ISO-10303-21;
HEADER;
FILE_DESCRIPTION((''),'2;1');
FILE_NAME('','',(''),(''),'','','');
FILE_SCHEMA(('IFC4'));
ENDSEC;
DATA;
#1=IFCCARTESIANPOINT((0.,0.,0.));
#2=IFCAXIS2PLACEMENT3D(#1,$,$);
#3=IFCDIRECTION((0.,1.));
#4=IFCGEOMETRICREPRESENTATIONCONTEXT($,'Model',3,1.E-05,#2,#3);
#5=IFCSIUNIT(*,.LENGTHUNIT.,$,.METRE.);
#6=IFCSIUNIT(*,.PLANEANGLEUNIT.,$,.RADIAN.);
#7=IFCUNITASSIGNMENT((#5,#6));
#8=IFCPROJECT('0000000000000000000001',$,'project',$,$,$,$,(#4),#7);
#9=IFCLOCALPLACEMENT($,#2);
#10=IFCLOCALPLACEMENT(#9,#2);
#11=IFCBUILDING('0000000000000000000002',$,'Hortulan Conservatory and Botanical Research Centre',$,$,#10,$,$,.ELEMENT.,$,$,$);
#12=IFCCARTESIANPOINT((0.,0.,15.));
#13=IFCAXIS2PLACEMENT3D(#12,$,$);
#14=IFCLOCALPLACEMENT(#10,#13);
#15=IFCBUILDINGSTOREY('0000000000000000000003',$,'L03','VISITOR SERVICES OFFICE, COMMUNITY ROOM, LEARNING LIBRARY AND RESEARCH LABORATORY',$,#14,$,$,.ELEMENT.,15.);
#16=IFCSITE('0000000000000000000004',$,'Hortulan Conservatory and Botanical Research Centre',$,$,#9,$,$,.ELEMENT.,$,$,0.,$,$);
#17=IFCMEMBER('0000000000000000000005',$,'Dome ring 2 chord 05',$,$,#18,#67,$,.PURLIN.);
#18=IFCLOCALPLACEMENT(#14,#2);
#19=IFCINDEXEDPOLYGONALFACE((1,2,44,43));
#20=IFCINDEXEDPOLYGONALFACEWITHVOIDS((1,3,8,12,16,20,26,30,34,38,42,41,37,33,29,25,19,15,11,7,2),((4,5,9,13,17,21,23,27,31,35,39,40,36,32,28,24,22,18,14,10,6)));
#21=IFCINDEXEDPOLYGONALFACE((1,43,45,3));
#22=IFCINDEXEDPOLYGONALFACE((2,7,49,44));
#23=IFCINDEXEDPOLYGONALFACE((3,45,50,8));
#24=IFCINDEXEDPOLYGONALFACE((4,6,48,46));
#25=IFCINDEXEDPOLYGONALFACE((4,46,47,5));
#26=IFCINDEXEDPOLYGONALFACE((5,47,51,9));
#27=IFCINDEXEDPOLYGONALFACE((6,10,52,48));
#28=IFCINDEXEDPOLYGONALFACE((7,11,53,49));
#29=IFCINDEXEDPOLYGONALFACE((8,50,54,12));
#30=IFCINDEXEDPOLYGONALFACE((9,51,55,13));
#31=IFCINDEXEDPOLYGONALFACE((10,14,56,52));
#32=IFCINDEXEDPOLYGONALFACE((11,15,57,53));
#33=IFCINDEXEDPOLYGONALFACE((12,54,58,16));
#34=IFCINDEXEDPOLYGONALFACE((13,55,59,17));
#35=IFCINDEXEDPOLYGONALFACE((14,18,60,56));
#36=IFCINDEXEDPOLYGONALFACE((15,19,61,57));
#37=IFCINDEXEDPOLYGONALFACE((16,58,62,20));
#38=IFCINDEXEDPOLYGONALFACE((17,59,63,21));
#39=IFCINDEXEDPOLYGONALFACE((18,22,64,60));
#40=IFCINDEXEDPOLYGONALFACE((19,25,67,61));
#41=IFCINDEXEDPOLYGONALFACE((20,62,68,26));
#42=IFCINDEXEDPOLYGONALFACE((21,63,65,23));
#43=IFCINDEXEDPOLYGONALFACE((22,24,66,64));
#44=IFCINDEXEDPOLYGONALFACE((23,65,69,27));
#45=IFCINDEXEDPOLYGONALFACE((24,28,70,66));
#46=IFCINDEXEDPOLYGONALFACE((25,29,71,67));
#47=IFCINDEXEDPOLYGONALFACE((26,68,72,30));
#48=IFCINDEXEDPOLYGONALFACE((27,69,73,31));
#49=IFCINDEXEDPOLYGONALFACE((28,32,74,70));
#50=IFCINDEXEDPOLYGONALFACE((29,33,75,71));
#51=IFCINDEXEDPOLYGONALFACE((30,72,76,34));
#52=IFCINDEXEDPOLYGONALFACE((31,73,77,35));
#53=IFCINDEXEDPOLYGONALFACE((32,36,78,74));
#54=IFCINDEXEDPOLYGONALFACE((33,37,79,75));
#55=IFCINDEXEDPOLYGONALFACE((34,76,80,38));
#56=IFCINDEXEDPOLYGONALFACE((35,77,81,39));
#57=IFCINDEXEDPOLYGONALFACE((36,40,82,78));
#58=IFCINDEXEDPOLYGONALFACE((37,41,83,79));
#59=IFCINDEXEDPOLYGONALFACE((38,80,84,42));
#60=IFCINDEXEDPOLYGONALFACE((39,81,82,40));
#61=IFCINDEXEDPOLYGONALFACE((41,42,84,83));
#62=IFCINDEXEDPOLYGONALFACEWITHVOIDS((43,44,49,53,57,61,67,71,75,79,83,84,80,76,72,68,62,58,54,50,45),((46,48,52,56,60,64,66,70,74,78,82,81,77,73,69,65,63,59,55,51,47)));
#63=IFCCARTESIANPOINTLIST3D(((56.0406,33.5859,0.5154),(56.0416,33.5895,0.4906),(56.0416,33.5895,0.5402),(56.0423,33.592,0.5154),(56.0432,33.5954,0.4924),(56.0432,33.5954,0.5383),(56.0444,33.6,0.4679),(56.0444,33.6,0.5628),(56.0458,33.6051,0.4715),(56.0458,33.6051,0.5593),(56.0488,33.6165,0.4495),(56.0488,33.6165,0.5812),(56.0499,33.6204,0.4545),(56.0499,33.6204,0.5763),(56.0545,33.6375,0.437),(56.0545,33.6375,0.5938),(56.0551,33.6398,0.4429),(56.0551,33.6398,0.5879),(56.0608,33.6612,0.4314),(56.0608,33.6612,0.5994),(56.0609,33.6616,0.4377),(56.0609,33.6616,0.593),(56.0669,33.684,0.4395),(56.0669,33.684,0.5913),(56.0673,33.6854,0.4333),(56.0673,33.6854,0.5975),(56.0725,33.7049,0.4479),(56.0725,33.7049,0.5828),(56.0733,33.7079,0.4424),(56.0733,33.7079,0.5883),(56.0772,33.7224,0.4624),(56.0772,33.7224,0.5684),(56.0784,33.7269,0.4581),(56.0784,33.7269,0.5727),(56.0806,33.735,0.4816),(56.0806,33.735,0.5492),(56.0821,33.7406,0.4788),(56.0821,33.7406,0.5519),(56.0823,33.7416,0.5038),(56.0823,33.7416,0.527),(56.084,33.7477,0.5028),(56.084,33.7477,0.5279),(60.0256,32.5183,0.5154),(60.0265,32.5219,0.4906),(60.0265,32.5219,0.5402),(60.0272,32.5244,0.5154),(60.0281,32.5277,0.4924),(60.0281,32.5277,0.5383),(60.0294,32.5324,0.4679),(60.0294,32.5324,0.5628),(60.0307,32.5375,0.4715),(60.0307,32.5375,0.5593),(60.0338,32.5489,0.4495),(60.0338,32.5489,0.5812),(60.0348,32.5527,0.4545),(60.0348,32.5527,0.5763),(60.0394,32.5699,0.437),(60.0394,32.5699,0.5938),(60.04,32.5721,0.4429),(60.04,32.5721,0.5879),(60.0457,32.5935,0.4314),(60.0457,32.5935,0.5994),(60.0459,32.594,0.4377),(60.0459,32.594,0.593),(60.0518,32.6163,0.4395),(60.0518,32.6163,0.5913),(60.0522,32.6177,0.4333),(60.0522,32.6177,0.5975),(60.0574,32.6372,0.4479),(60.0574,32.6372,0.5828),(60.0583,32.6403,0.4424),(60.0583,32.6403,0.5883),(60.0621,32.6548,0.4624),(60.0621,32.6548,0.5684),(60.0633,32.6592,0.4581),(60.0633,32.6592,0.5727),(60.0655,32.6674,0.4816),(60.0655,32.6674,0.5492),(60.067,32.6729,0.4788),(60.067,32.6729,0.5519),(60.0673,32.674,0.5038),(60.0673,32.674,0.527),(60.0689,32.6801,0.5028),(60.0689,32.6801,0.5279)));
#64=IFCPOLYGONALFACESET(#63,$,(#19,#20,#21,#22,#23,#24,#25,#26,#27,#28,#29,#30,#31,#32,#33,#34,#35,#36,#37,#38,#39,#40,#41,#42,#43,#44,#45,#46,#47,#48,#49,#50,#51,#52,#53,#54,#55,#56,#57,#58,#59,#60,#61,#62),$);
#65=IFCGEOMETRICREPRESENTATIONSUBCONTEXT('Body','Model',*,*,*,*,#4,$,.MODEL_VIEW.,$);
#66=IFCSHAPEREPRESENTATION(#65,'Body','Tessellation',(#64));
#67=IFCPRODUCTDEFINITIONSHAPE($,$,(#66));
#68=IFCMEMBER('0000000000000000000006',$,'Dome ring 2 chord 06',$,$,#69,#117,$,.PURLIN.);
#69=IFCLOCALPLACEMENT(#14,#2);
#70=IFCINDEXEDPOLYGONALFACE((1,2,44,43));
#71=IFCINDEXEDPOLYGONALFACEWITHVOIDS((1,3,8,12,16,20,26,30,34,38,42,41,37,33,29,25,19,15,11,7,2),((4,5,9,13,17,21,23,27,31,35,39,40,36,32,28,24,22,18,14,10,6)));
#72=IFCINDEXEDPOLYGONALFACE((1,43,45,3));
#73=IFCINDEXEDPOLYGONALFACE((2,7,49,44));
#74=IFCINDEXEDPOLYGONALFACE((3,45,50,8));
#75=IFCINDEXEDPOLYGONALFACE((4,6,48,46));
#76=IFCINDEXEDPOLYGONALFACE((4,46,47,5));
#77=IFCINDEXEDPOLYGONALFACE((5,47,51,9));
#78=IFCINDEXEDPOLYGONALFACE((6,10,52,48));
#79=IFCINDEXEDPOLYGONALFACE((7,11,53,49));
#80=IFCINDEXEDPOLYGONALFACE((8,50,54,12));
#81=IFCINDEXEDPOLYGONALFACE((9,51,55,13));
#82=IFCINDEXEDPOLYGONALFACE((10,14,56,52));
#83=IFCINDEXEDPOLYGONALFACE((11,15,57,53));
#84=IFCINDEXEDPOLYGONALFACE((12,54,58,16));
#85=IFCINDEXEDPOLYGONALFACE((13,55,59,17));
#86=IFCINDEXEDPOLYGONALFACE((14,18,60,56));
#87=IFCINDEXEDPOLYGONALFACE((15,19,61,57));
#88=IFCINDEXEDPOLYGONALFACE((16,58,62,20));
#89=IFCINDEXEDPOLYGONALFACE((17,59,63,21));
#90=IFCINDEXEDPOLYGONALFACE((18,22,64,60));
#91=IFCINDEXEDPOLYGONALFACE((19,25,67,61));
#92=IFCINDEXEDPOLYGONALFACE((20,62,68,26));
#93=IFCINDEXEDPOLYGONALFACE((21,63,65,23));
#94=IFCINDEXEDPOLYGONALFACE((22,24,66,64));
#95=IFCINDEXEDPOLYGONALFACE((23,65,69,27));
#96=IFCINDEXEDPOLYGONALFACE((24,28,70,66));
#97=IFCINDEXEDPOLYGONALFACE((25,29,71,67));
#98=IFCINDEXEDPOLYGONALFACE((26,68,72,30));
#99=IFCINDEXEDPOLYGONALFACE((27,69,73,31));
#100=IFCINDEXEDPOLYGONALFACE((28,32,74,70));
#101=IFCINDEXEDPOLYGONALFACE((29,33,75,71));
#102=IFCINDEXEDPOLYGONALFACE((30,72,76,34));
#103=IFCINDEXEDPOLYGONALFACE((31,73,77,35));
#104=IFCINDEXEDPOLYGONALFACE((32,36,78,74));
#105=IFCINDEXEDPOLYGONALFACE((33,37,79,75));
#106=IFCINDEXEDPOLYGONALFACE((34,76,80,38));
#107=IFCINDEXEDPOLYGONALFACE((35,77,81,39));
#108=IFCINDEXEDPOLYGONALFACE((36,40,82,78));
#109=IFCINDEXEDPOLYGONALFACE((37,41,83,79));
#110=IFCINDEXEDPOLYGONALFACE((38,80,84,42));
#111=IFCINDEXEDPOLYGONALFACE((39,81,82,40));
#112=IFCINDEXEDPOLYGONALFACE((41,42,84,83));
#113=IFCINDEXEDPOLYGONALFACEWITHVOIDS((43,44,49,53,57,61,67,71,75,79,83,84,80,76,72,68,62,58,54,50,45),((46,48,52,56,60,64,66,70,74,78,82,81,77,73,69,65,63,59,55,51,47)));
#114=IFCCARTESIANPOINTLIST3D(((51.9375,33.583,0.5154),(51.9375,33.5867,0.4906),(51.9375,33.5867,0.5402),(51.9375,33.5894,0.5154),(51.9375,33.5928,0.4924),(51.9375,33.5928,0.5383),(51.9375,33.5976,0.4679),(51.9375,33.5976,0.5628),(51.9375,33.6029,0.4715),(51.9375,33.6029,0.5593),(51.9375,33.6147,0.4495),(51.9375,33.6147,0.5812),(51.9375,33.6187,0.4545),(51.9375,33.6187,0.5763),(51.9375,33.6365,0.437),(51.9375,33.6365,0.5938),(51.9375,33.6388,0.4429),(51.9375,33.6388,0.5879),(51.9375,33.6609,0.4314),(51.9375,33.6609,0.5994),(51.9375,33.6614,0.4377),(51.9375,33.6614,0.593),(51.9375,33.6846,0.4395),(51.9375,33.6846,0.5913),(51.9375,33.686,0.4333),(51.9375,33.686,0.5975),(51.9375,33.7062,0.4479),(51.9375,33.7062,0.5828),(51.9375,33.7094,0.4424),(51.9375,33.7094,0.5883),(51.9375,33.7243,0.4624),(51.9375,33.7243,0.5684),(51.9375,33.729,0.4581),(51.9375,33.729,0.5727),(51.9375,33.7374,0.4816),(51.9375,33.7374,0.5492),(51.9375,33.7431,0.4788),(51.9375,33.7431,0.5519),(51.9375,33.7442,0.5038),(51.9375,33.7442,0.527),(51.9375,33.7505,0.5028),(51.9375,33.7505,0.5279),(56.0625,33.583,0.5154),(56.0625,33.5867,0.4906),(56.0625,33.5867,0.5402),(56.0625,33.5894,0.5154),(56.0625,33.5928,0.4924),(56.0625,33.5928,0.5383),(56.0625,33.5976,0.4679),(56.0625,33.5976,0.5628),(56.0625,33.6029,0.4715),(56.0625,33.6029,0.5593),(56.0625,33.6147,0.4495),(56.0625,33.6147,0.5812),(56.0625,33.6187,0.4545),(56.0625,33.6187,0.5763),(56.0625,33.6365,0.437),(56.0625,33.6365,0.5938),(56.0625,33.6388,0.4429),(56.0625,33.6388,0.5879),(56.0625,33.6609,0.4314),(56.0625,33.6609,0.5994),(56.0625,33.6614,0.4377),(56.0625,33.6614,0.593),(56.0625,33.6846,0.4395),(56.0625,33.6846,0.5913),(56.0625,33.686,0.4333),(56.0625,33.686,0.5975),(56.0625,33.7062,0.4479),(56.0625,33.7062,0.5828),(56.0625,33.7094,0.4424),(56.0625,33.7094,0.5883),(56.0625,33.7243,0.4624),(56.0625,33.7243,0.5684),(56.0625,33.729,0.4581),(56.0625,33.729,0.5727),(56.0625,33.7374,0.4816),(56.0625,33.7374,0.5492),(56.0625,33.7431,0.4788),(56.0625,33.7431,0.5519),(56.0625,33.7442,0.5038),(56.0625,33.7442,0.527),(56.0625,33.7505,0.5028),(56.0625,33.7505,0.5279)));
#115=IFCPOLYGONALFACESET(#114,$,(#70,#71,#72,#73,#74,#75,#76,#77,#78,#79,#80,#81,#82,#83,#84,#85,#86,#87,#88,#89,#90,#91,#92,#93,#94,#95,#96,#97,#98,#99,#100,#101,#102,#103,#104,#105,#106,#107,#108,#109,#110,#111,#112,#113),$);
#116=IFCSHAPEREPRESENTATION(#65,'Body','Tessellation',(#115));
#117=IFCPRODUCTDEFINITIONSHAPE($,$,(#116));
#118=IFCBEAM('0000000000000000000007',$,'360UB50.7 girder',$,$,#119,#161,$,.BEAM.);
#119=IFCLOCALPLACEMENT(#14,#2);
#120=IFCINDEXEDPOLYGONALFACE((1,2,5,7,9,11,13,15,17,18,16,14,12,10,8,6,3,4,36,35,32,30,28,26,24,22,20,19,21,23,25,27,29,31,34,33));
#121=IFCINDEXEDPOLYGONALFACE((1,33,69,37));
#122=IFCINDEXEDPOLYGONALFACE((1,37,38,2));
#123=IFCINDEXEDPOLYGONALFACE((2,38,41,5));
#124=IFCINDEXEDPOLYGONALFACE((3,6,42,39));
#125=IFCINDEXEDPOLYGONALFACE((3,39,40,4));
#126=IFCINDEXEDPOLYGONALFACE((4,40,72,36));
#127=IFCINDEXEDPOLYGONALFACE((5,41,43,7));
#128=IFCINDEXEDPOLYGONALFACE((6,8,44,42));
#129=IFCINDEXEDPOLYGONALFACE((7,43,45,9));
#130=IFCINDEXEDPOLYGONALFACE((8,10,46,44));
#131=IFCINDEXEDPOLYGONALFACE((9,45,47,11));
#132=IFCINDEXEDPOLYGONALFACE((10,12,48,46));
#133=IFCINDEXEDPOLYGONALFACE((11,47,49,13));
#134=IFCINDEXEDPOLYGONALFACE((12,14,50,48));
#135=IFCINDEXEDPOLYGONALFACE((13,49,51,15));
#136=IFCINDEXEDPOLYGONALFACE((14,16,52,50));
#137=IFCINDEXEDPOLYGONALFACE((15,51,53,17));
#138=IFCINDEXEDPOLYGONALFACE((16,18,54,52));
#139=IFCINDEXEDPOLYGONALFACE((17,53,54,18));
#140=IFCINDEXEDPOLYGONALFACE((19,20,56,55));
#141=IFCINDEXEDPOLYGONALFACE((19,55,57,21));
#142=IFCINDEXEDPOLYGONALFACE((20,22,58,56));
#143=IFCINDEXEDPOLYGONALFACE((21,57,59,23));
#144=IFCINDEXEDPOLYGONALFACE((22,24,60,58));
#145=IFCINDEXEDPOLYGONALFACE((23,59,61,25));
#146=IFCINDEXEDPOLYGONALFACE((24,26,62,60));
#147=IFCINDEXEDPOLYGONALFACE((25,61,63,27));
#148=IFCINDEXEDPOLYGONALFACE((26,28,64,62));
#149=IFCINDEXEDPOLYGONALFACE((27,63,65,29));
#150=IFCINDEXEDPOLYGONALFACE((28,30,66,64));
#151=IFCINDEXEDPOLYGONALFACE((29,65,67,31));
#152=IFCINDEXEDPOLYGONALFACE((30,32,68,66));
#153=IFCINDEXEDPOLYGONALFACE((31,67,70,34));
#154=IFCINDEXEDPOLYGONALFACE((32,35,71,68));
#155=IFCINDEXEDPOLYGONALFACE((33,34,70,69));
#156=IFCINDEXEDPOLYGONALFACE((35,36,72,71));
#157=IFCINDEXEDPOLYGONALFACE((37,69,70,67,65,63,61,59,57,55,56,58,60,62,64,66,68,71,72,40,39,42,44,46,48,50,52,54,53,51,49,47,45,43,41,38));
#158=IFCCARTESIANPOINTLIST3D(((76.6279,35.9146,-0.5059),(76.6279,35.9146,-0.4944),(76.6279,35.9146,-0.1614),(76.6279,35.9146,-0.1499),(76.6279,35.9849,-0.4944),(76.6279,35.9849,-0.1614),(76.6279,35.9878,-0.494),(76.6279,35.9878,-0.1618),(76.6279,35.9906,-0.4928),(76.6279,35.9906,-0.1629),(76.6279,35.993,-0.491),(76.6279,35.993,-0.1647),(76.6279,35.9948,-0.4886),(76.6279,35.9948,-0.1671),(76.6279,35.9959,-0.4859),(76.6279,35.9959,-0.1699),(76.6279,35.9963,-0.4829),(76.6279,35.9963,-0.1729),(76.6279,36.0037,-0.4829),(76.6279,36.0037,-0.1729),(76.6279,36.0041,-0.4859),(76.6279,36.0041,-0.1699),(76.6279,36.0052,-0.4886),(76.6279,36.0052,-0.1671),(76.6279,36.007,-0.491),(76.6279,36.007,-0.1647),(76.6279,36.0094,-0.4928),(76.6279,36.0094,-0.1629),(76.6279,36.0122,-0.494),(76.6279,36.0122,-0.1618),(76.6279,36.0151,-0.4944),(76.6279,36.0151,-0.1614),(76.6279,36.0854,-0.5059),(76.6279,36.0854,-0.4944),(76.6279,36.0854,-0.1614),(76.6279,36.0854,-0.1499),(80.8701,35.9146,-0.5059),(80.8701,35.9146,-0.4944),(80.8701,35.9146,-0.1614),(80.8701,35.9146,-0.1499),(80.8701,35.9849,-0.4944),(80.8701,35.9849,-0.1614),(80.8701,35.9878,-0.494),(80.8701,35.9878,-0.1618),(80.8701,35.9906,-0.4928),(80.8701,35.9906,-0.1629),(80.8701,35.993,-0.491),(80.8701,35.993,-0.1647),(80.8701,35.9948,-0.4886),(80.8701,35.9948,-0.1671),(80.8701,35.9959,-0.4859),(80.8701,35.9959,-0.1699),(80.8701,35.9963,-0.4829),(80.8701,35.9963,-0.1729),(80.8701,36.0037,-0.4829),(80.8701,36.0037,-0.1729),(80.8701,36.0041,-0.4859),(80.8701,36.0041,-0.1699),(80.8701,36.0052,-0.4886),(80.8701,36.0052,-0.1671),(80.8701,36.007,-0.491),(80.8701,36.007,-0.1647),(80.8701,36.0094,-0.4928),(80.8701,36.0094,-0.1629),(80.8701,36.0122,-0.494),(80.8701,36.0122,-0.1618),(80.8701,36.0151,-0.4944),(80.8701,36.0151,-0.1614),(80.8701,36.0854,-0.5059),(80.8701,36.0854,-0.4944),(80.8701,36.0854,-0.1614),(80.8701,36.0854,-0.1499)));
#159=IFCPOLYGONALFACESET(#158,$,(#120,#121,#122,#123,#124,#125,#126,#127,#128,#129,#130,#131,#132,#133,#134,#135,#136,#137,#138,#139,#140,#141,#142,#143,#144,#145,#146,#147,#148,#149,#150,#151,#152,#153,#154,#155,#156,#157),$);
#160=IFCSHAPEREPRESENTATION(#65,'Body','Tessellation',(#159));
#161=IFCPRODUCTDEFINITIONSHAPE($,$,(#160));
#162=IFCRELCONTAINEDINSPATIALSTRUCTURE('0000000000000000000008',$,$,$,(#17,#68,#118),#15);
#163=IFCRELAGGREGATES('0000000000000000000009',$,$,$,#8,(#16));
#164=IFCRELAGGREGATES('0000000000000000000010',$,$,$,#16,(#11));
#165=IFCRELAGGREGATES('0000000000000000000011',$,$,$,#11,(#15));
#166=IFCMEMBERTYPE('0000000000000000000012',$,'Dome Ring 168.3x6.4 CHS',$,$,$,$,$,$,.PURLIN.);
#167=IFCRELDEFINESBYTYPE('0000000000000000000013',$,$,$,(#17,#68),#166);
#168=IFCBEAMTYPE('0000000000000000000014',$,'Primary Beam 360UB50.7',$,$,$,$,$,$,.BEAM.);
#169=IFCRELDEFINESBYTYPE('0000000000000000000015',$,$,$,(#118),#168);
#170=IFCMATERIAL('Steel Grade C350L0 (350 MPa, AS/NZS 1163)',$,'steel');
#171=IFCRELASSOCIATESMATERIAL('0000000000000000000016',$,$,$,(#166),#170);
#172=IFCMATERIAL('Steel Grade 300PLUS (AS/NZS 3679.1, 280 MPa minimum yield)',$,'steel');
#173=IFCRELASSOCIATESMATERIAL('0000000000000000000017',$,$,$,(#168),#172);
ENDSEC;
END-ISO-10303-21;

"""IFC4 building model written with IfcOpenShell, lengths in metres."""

from ifc_helpers import new_model, si_unit, direction, frame, origin, origin_2d, place, context, subcontext, project, spatial, hollow_circle, i_section, extrude, material, material_profile, profile_set, type_object, element, save


model = new_model("IFC4")

# Units and contexts
model_context = context("Model", 3, precision=1e-05, world=origin(), true_north=direction((0.0, 1.0)))
body_context = subcontext(model_context, "Body", "Model", "MODEL_VIEW")
ifc_project = project(units=[si_unit("LENGTHUNIT", "METRE"), si_unit("PLANEANGLEUNIT", "RADIAN")], contexts=[model_context])

# Site, building, storey
site_placement = place(None, origin())
site = spatial("IfcSite", under=ifc_project, at=site_placement, Name="Hortulan Conservatory and Botanical Research Centre", CompositionType="ELEMENT", RefElevation=0.0)
building_placement = place(site_placement, origin())
building = spatial("IfcBuilding", under=site, at=building_placement, Name="Hortulan Conservatory and Botanical Research Centre", CompositionType="ELEMENT")
storey_placement = place(building_placement, frame((0.0, 0.0, 15.0)))
storey = spatial("IfcBuildingStorey", under=building, at=storey_placement, Name="L03", Description="VISITOR SERVICES OFFICE, COMMUNITY ROOM, LEARNING LIBRARY AND RESEARCH LABORATORY", CompositionType="ELEMENT", Elevation=15.0)

# Shared definitions
ifc_material_1 = material(Name="Steel Grade 300PLUS (AS/NZS 3679.1, 280 MPa minimum yield)", Category="steel")

# Shared definitions
ifc_material_2 = material(Name="Steel Grade C350L0 (350 MPa, AS/NZS 1163)", Category="steel")

# Members
ifc_material_profile_1 = material_profile(ifc_material_2, hollow_circle(Radius=0.0842, WallThickness=0.0063, at=origin_2d()), Name="168.3x6.4CHS")
ifc_profile_set_1 = profile_set([ifc_material_profile_1], Name="Steel Grade C350L0 (350 MPa, AS/NZS 1163)")
member_type_1 = type_object("IfcMemberType", Name="Dome Ring 168.3x6.4 CHS", PredefinedType="PURLIN", material=ifc_profile_set_1)
member_1_placement = place(storey_placement, frame((60.0474, 32.5996, 0.5154), z_axis=(-0.965933, 0.258793, 0.0), x_axis=(-0.258793, -0.965933, 0.0)))
element("IfcMember", 1, at=member_1_placement, inside=storey, type_object=member_type_1, Name="Dome ring 2 chord 05", PredefinedType="PURLIN", context=body_context, shape_type="SweptSolid", body=[
    extrude(hollow_circle(Radius=0.0842, WallThickness=0.0063, at=origin_2d()), origin(), (0.0, 0.0, 1.0), 4.1255),
])
member_2_placement = place(storey_placement, frame((56.0625, 33.6672, 0.5154), z_axis=(-1.0, 0.0, 0.0), x_axis=(0.0, -1.0, 0.0)))
element("IfcMember", 2, at=member_2_placement, inside=storey, type_object=member_type_1, Name="Dome ring 2 chord 06", PredefinedType="PURLIN", context=body_context, shape_type="SweptSolid", body=[
    extrude(hollow_circle(Radius=0.0842, WallThickness=0.0063, at=origin_2d()), origin(), (0.0, 0.0, 1.0), 4.125),
])

# Beam
ifc_material_profile_2 = material_profile(ifc_material_1, i_section(OverallWidth=0.1709, OverallDepth=0.356, WebThickness=0.0073, FlangeThickness=0.0115, FilletRadius=0.0115, at=origin_2d()), Name="360UB50.7")
ifc_profile_set_2 = profile_set([ifc_material_profile_2], Name="Steel Grade 300PLUS (AS/NZS 3679.1, 280 MPa minimum yield)")
beam_type_1 = type_object("IfcBeamType", Name="Primary Beam 360UB50.7", PredefinedType="BEAM", material=ifc_profile_set_2)
beam_1_placement = place(storey_placement, frame((76.6279, 36.0, -0.3279), z_axis=(1.0, 0.0, 0.0), x_axis=(0.0, 1.0, 0.0)))
element("IfcBeam", 3, at=beam_1_placement, inside=storey, type_object=beam_type_1, Name="360UB50.7 girder", PredefinedType="BEAM", context=body_context, shape_type="SweptSolid", body=[
    extrude(i_section(OverallWidth=0.1709, OverallDepth=0.356, WebThickness=0.0073, FlangeThickness=0.0115, FilletRadius=0.0115, at=origin_2d()), origin(), (0.0, 0.0, 1.0), 4.2422),
])

save(model, "model.ifc")
